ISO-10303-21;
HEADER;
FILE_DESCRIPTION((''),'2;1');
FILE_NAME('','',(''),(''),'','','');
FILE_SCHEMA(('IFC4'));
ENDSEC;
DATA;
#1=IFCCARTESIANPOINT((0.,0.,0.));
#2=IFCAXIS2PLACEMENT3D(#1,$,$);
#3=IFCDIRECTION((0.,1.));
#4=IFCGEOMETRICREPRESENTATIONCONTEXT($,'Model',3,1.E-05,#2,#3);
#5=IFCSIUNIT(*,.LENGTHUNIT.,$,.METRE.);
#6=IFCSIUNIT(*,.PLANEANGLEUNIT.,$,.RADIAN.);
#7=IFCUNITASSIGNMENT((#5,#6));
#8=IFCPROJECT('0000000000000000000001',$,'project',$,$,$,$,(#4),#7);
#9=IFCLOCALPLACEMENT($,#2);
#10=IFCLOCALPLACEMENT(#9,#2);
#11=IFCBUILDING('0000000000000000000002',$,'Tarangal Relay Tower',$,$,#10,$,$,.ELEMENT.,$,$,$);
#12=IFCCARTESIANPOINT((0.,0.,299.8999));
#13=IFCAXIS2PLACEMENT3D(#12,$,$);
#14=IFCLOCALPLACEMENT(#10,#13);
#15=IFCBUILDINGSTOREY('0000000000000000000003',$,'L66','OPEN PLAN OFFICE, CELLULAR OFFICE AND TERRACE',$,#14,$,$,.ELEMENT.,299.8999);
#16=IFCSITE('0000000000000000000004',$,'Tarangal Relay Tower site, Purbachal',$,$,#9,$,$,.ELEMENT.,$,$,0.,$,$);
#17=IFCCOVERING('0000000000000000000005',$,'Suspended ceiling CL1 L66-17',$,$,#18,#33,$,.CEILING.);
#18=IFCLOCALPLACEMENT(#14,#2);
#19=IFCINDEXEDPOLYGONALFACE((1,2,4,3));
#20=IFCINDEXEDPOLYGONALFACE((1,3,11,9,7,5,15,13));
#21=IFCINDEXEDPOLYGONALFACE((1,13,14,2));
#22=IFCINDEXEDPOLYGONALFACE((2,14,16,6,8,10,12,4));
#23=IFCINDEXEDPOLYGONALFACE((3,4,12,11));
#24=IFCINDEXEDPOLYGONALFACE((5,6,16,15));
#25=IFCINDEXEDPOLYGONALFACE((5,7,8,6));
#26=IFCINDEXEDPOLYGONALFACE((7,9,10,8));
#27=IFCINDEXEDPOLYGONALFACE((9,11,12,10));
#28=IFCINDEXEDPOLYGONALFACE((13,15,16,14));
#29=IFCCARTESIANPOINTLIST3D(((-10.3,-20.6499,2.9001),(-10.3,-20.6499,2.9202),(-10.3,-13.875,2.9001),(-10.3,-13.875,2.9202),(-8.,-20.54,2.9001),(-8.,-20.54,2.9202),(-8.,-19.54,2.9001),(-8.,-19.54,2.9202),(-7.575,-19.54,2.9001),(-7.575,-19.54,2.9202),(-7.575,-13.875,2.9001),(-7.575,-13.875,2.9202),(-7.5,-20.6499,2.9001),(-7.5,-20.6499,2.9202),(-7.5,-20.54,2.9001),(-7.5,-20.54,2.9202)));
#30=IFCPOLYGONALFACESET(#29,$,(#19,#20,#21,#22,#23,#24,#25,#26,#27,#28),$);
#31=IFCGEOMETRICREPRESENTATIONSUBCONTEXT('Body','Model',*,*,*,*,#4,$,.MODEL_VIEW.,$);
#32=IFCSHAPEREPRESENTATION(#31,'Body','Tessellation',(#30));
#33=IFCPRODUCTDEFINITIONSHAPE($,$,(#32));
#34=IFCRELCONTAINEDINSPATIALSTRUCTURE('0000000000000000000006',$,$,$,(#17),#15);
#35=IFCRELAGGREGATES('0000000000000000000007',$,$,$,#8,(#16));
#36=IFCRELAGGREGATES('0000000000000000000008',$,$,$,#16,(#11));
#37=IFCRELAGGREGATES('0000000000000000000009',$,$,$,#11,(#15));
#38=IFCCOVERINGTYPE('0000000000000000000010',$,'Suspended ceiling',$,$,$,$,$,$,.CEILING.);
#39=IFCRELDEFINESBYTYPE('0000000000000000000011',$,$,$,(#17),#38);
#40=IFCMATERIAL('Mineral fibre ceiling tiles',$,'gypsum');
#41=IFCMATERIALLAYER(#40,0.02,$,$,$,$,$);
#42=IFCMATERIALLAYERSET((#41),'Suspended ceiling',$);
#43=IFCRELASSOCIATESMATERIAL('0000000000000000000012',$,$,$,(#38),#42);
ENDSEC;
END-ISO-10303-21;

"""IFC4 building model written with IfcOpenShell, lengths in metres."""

from ifc_helpers import new_model, si_unit, direction, frame, origin, place, context, subcontext, project, spatial, polyline, outline, extrude, material, layer, layer_set, type_object, element, save


model = new_model("IFC4")

# Units and contexts
model_context = context("Model", 3, precision=1e-05, world=origin(), true_north=direction((0.0, 1.0)))
body_context = subcontext(model_context, "Body", "Model", "MODEL_VIEW")
ifc_project = project(units=[si_unit("LENGTHUNIT", "METRE"), si_unit("PLANEANGLEUNIT", "RADIAN")], contexts=[model_context])

# Site, building, storey
site_placement = place(None, origin())
site = spatial("IfcSite", under=ifc_project, at=site_placement, Name="Tarangal Relay Tower site, Purbachal", CompositionType="ELEMENT", RefElevation=0.0)
building_placement = place(site_placement, origin())
building = spatial("IfcBuilding", under=site, at=building_placement, Name="Tarangal Relay Tower", CompositionType="ELEMENT")
storey_placement = place(building_placement, frame((0.0, 0.0, 299.8999)))
storey = spatial("IfcBuildingStorey", under=building, at=storey_placement, Name="L66", Description="OPEN PLAN OFFICE, CELLULAR OFFICE AND TERRACE", CompositionType="ELEMENT", Elevation=299.8999)

# Covering
ifc_material_1 = material(Name="Mineral fibre ceiling tiles", Category="gypsum")
ifc_layer_1 = layer(ifc_material_1, 0.02)
ifc_layer_set_1 = layer_set([ifc_layer_1], Name="Suspended ceiling")
covering_type_1 = type_object("IfcCoveringType", Name="Suspended ceiling", PredefinedType="CEILING", material=ifc_layer_set_1)
covering_1_placement = place(storey_placement, frame((0.0, 0.0, 2.9001)))
element("IfcCovering", 1, at=covering_1_placement, inside=storey, type_object=covering_type_1, Name="Suspended ceiling CL1 L66-17", PredefinedType="CEILING", context=body_context, shape_type="SweptSolid", body=[
    extrude(outline(polyline([(-10.3, -20.6499), (-7.5, -20.6499), (-7.5, -20.54), (-8.0, -20.54), (-8.0, -19.54), (-7.575, -19.54), (-7.575, -13.875), (-10.3, -13.875), (-10.3, -20.6499)])), origin(), (0.0, 0.0, 1.0), 0.02),
])

save(model, "model.ifc")
